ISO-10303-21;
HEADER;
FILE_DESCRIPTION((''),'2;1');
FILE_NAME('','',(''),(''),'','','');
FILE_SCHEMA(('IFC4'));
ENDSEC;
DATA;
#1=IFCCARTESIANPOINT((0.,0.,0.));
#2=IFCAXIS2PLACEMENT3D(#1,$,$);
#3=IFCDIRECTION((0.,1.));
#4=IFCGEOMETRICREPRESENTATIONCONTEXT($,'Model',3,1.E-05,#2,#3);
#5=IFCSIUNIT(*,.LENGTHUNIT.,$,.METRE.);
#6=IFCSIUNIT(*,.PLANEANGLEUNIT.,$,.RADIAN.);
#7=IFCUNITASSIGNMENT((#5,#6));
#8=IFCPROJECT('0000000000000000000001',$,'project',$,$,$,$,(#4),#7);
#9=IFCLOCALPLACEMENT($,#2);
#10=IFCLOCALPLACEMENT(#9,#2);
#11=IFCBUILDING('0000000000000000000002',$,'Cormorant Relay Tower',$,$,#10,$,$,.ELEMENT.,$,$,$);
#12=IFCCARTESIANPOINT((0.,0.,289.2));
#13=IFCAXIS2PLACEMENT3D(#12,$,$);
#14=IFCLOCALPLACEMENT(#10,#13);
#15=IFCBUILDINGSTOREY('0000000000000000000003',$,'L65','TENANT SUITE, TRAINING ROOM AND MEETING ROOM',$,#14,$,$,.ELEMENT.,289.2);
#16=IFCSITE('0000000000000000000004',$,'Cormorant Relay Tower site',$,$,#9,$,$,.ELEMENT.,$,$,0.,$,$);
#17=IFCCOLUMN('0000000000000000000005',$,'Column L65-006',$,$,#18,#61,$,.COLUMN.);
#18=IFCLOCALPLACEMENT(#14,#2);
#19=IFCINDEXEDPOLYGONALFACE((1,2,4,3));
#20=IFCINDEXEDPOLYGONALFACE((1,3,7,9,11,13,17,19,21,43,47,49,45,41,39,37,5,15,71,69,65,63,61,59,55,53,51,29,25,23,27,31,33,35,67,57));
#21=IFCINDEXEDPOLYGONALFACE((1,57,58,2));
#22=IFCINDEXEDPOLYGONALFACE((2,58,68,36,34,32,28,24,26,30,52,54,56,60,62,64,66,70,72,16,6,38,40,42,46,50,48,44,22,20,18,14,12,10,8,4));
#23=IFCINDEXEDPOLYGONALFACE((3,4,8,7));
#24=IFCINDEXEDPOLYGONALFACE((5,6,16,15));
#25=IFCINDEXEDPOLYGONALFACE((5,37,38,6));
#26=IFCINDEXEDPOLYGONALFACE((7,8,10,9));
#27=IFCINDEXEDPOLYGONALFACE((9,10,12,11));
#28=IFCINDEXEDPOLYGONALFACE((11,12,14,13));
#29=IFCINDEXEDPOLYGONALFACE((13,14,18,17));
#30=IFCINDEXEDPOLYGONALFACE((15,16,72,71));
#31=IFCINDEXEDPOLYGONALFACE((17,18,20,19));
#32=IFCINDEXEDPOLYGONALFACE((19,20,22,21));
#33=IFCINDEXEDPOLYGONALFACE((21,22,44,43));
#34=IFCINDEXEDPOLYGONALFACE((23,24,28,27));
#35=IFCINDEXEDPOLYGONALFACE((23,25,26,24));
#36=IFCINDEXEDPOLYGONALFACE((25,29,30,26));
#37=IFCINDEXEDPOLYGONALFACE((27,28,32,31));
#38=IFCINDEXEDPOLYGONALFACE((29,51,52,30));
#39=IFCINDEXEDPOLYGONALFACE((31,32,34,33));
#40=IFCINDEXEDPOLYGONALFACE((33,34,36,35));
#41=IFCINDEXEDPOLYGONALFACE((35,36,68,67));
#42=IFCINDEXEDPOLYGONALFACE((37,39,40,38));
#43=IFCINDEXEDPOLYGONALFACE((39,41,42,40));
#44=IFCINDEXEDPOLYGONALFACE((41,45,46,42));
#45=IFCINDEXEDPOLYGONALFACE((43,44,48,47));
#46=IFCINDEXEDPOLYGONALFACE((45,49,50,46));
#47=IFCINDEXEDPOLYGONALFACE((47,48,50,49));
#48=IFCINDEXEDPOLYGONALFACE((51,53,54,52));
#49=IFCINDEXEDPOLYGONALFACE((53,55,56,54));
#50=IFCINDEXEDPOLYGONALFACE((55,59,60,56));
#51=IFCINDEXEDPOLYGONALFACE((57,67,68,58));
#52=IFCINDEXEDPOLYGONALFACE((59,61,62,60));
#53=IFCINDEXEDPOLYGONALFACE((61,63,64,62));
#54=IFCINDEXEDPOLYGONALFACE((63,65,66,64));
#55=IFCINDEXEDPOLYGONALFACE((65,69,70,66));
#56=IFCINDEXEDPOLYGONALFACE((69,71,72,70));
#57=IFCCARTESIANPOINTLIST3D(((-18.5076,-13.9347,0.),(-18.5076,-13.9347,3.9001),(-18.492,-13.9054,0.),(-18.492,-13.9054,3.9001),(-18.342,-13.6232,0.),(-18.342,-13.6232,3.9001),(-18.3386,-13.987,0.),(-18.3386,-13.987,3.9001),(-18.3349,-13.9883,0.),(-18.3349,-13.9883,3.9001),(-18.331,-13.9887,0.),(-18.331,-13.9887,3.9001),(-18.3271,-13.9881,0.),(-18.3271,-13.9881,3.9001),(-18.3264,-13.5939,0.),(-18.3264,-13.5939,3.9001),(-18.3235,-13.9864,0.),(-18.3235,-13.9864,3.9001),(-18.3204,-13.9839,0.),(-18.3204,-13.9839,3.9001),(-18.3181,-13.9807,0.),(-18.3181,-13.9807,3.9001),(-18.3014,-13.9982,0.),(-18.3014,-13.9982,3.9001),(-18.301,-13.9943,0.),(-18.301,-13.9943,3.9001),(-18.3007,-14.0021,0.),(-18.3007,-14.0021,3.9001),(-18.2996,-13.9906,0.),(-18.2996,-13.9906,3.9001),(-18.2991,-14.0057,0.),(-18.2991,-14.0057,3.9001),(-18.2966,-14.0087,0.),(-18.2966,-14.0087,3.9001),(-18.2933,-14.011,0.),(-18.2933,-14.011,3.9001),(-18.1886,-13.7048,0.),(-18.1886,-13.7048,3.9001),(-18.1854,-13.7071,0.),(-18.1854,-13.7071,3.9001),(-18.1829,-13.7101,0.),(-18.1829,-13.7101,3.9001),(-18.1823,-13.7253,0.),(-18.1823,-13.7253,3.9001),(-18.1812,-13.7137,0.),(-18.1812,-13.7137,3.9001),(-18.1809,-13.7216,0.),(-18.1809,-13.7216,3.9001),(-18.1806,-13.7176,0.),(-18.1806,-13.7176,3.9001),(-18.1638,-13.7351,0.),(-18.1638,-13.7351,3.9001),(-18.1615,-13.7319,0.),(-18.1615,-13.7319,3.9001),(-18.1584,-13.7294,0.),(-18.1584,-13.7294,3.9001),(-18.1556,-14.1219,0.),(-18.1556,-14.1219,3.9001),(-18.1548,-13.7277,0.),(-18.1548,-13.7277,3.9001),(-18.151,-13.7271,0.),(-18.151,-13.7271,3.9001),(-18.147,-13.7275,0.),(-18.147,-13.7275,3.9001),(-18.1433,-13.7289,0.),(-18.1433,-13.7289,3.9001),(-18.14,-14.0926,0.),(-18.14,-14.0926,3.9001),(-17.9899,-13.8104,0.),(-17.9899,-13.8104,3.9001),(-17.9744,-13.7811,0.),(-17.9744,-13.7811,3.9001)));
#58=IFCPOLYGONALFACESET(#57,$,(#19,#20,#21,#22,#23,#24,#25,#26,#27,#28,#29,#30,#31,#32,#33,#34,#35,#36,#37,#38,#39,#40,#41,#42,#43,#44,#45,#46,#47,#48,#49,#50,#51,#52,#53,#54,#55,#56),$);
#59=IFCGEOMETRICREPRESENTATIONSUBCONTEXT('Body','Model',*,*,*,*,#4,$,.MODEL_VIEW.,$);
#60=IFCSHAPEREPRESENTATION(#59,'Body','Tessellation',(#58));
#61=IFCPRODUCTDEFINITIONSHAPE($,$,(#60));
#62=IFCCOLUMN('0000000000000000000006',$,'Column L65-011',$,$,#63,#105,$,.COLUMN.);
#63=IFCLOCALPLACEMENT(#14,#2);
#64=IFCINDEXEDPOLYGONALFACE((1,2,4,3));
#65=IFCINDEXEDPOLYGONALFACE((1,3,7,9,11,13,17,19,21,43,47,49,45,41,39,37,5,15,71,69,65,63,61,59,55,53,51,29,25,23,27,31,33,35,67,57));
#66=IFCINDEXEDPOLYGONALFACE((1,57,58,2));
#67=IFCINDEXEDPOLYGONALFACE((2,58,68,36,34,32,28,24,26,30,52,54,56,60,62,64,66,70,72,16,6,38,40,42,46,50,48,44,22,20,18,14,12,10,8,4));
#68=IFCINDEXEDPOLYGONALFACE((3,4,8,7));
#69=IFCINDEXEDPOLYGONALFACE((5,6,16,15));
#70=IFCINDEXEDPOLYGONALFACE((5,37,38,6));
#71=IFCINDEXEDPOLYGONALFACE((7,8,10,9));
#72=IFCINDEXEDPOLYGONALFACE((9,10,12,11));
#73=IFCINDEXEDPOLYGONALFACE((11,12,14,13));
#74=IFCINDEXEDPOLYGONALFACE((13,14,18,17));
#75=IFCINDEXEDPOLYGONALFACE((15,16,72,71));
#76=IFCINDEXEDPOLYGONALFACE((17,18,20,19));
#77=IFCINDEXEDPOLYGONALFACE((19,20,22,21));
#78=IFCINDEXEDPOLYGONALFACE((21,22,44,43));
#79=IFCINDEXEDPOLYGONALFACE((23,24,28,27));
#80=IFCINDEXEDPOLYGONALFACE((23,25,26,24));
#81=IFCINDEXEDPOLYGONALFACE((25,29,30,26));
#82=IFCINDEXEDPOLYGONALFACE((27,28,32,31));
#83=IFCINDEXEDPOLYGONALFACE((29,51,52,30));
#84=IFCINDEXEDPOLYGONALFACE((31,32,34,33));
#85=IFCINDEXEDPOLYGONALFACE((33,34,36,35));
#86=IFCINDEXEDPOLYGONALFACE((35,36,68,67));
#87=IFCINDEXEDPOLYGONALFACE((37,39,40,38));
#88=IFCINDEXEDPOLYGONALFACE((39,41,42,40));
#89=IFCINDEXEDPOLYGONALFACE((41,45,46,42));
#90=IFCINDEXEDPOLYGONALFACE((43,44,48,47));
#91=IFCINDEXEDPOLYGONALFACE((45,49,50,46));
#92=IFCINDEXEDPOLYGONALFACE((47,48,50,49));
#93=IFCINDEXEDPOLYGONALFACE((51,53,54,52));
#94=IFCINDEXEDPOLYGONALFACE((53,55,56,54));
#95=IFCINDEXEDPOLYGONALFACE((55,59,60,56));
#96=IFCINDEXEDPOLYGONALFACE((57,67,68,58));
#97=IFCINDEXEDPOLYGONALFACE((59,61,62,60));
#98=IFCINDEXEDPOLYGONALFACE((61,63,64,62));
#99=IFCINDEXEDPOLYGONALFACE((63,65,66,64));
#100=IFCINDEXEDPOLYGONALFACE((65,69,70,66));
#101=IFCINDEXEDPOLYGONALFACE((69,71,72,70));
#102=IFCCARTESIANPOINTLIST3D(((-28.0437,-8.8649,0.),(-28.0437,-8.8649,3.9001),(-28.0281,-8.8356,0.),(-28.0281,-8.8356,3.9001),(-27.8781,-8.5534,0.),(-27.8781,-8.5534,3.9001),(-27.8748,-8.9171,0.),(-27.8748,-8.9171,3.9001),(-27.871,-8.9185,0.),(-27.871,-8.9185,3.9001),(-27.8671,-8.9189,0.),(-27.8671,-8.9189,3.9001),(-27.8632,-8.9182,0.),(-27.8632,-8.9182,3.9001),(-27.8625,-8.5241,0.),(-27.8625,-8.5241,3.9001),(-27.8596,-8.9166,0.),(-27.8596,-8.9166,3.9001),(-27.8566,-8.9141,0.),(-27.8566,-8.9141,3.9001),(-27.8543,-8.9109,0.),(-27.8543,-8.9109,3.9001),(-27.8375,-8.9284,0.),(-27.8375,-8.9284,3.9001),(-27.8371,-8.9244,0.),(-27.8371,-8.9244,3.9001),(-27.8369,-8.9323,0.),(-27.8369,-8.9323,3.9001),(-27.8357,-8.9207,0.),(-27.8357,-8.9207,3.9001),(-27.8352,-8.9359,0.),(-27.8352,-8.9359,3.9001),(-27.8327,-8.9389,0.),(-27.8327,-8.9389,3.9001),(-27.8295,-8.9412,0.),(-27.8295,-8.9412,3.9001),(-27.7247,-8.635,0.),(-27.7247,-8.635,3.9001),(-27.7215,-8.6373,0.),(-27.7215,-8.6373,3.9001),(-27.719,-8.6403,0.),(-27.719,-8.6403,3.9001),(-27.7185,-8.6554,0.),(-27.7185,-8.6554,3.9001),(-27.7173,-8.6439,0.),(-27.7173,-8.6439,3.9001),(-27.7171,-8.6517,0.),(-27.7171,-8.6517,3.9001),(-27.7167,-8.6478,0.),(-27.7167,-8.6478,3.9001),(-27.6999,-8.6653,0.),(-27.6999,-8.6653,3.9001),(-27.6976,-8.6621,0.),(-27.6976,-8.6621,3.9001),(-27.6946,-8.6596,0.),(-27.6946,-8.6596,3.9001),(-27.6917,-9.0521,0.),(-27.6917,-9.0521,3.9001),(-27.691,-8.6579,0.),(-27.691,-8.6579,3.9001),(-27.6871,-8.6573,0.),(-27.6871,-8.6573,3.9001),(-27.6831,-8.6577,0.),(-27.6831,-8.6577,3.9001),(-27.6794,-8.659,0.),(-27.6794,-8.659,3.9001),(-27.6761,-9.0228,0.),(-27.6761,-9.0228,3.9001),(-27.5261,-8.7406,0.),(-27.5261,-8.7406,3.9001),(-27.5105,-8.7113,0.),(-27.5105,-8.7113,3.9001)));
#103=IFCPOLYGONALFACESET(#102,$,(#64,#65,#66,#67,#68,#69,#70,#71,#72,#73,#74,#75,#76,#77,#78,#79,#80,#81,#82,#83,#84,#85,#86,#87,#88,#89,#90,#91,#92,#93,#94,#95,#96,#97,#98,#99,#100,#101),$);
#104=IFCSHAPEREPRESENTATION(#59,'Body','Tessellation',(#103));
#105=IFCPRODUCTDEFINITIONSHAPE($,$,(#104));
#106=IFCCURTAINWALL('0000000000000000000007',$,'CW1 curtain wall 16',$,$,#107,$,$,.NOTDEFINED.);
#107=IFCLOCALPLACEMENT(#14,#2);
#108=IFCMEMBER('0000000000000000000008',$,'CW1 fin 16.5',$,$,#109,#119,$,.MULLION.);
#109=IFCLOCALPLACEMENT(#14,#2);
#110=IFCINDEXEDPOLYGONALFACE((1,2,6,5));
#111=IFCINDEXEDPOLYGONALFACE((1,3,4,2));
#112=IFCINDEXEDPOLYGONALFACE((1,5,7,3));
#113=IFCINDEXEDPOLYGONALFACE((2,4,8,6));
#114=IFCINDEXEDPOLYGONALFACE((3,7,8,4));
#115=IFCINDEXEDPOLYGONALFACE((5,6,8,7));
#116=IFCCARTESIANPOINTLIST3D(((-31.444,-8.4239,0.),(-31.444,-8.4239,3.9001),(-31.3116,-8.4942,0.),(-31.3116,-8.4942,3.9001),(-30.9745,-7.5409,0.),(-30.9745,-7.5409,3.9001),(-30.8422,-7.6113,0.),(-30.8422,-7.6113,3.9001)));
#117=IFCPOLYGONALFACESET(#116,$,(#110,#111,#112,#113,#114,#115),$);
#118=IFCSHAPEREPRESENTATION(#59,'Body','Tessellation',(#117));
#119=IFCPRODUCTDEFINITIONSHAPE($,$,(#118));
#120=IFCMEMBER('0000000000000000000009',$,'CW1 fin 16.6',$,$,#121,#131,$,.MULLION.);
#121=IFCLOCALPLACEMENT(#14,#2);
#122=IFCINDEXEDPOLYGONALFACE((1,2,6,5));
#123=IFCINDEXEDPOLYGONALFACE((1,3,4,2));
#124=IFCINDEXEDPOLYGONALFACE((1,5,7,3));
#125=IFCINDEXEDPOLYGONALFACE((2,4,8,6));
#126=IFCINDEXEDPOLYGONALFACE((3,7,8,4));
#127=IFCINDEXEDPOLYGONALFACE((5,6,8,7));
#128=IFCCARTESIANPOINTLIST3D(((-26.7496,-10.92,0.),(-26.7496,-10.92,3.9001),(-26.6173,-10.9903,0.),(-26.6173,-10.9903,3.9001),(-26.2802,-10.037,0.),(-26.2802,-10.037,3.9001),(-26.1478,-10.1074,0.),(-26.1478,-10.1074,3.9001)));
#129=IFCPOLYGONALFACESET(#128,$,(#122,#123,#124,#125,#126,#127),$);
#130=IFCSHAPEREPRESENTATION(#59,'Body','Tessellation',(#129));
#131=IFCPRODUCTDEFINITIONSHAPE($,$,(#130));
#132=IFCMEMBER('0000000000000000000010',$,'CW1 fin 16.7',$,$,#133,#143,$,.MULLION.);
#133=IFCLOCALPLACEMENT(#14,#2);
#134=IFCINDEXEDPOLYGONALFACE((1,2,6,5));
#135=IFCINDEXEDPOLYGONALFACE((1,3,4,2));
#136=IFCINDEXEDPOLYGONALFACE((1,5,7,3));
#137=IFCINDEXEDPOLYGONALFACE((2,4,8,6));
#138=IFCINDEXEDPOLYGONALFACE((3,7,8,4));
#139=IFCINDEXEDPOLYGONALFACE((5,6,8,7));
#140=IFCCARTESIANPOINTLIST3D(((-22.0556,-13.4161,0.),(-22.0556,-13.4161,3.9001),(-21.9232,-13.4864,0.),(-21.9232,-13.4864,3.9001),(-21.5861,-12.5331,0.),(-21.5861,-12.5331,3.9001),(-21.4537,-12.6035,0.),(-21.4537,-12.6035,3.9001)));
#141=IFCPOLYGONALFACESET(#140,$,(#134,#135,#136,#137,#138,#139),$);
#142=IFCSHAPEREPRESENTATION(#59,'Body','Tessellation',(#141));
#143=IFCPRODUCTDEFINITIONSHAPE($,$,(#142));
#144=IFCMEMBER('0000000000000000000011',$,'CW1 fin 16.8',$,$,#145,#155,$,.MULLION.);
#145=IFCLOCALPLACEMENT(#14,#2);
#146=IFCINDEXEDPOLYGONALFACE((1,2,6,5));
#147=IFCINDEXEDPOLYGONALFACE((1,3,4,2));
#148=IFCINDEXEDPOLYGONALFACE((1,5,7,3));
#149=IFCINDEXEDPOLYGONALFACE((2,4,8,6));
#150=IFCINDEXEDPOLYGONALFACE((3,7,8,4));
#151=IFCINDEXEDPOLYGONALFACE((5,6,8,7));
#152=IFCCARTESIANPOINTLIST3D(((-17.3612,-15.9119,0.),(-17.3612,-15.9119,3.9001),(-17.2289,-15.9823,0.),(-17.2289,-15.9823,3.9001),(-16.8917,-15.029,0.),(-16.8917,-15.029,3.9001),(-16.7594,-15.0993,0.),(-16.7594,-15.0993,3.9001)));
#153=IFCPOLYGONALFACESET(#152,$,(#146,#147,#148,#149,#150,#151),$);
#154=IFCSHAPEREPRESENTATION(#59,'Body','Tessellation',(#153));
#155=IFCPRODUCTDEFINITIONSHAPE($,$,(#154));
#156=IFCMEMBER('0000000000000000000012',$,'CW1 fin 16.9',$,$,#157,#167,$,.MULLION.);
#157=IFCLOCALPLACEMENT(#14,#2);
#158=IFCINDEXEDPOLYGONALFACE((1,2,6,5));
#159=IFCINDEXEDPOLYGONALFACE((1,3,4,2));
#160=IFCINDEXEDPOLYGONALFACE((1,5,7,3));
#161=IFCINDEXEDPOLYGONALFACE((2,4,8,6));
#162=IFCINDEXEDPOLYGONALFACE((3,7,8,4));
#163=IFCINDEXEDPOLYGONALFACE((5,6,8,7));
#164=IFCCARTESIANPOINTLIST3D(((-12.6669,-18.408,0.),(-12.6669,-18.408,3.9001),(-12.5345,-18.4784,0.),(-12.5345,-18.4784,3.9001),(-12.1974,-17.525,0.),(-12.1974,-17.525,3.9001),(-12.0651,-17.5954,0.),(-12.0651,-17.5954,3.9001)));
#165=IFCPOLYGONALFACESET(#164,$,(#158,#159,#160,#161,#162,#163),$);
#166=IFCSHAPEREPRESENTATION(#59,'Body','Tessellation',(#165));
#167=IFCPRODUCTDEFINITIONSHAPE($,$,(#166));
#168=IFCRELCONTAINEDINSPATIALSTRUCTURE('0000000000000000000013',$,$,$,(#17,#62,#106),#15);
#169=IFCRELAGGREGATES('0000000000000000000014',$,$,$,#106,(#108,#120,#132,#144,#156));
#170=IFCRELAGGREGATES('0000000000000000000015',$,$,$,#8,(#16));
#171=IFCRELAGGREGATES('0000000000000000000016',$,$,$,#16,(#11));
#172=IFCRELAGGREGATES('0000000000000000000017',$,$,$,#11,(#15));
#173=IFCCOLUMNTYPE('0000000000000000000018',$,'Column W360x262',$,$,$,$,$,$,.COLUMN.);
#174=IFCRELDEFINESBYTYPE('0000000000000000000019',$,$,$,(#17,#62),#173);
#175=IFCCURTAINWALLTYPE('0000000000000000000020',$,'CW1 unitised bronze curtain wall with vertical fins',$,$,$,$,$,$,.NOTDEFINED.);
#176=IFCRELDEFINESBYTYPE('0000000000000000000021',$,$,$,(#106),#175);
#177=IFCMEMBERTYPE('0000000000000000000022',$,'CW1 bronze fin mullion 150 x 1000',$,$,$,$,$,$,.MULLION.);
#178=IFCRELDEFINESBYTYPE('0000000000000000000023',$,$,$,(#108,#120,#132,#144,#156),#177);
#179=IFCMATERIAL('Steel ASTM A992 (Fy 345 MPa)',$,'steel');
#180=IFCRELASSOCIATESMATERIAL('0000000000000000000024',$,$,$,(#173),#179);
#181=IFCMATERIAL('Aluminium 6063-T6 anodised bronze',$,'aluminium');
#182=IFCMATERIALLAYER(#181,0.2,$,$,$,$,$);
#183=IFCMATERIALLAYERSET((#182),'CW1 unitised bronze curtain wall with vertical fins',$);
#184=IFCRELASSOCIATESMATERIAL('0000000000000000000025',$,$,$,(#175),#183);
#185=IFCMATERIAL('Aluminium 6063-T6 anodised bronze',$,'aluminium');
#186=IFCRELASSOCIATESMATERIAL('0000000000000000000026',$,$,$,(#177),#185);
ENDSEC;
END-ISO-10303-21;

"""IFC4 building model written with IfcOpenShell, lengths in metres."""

from ifc_helpers import new_model, si_unit, direction, frame, origin, origin_2d, place, context, subcontext, project, spatial, rectangle, i_section, extrude, material, layer, layer_set, material_profile, profile_set, type_object, element, aggregate, save


model = new_model("IFC4")

# Units and contexts
model_context = context("Model", 3, precision=1e-05, world=origin(), true_north=direction((0.0, 1.0)))
body_context = subcontext(model_context, "Body", "Model", "MODEL_VIEW")
ifc_project = project(units=[si_unit("LENGTHUNIT", "METRE"), si_unit("PLANEANGLEUNIT", "RADIAN")], contexts=[model_context])

# Site, building, storey
site_placement = place(None, origin())
site = spatial("IfcSite", under=ifc_project, at=site_placement, Name="Cormorant Relay Tower site", CompositionType="ELEMENT", RefElevation=0.0)
building_placement = place(site_placement, origin())
building = spatial("IfcBuilding", under=site, at=building_placement, Name="Cormorant Relay Tower", CompositionType="ELEMENT")
storey_placement = place(building_placement, frame((0.0, 0.0, 289.2)))
storey = spatial("IfcBuildingStorey", under=building, at=storey_placement, Name="L65", Description="TENANT SUITE, TRAINING ROOM AND MEETING ROOM", CompositionType="ELEMENT", Elevation=289.2)

# Columns
ifc_material_1 = material(Name="Steel ASTM A992 (Fy 345 MPa)", Category="steel")
ifc_material_profile_1 = material_profile(ifc_material_1, i_section(OverallWidth=0.3987, OverallDepth=0.386, WebThickness=0.021, FlangeThickness=0.0332, FilletRadius=0.0151, at=origin_2d()), Name="W360x262")
ifc_profile_set_1 = profile_set([ifc_material_profile_1], Name="Steel ASTM A992 (Fy 345 MPa)")
column_type_1 = type_object("IfcColumnType", Name="Column W360x262", PredefinedType="COLUMN", material=ifc_profile_set_1)
for number, where, z_axis, x_axis, name in (
    (1, (-18.241, -13.8579, 0.0), (0.0, 0.0, 1.0), (0.882948, -0.469472, 0.0), "Column L65-006"),
    (2, (-27.7771, -8.7881, 0.0), (0.0, 0.0, 1.0), (0.882948, -0.469472, 0.0), "Column L65-011"),
):
    element("IfcColumn", number, at=place(storey_placement, frame(where, z_axis=z_axis, x_axis=x_axis)), inside=storey, type_object=column_type_1, Name=name, PredefinedType="COLUMN", context=body_context, shape_type="SweptSolid", body=[
        extrude(i_section(OverallWidth=0.3987, OverallDepth=0.386, WebThickness=0.021, FlangeThickness=0.0332, FilletRadius=0.0151, at=origin_2d()), origin(), (0.0, 0.0, 1.0), 3.9001),
    ])

# Curtain wall, members
ifc_material_2 = material(Name="Aluminium 6063-T6 anodised bronze", Category="aluminium")
ifc_layer_1 = layer(ifc_material_2, 0.2)
ifc_layer_set_1 = layer_set([ifc_layer_1], Name="CW1 unitised bronze curtain wall with vertical fins")
curtain_wall_type = type_object("IfcCurtainWallType", Name="CW1 unitised bronze curtain wall with vertical fins", PredefinedType="NOTDEFINED", material=ifc_layer_set_1)
curtain_wall_placement = place(storey_placement, origin())
curtain_wall = element("IfcCurtainWall", 3, at=curtain_wall_placement, inside=storey, type_object=curtain_wall_type, Name="CW1 curtain wall 16", PredefinedType="NOTDEFINED")
ifc_material_3 = material(Name="Aluminium 6063-T6 anodised bronze", Category="aluminium")
ifc_material_profile_2 = material_profile(ifc_material_3, rectangle(XDim=0.1499, YDim=1.0, at=origin_2d()), Name="AL 150x1000")
ifc_profile_set_2 = profile_set([ifc_material_profile_2], Name="Aluminium 6063-T6 anodised bronze")
member_type = type_object("IfcMemberType", Name="CW1 bronze fin mullion 150 x 1000", PredefinedType="MULLION", material=ifc_profile_set_2)
member_1_placement = place(storey_placement, frame((-31.1431, -8.0176, 0.0), z_axis=(0.0, 0.0, 1.0), x_axis=(0.882948, -0.469472, 0.0)))
member_1 = element("IfcMember", 4, at=member_1_placement, type_object=member_type, Name="CW1 fin 16.5", PredefinedType="MULLION", context=body_context, shape_type="SweptSolid", body=[
    extrude(rectangle(XDim=0.1499, YDim=1.0, at=origin_2d()), origin(), (0.0, 0.0, 1.0), 3.9001),
])
member_2_placement = place(storey_placement, frame((-26.4487, -10.5137, 0.0), z_axis=(0.0, 0.0, 1.0), x_axis=(0.882948, -0.469472, 0.0)))
member_2 = element("IfcMember", 5, at=member_2_placement, type_object=member_type, Name="CW1 fin 16.6", PredefinedType="MULLION", context=body_context, shape_type="SweptSolid", body=[
    extrude(rectangle(XDim=0.1499, YDim=1.0, at=origin_2d()), origin(), (0.0, 0.0, 1.0), 3.9001),
])
member_3_placement = place(storey_placement, frame((-21.7546, -13.0098, 0.0), z_axis=(0.0, 0.0, 1.0), x_axis=(0.882948, -0.469472, 0.0)))
member_3 = element("IfcMember", 6, at=member_3_placement, type_object=member_type, Name="CW1 fin 16.7", PredefinedType="MULLION", context=body_context, shape_type="SweptSolid", body=[
    extrude(rectangle(XDim=0.1499, YDim=1.0, at=origin_2d()), origin(), (0.0, 0.0, 1.0), 3.9001),
])
member_4_placement = place(storey_placement, frame((-17.0603, -15.5056, 0.0), z_axis=(0.0, 0.0, 1.0), x_axis=(0.882948, -0.469472, 0.0)))
member_4 = element("IfcMember", 7, at=member_4_placement, type_object=member_type, Name="CW1 fin 16.8", PredefinedType="MULLION", context=body_context, shape_type="SweptSolid", body=[
    extrude(rectangle(XDim=0.1499, YDim=1.0, at=origin_2d()), origin(), (0.0, 0.0, 1.0), 3.9001),
])
member_5_placement = place(storey_placement, frame((-12.366, -18.0017, 0.0), z_axis=(0.0, 0.0, 1.0), x_axis=(0.882948, -0.469472, 0.0)))
member_5 = element("IfcMember", 8, at=member_5_placement, type_object=member_type, Name="CW1 fin 16.9", PredefinedType="MULLION", context=body_context, shape_type="SweptSolid", body=[
    extrude(rectangle(XDim=0.1499, YDim=1.0, at=origin_2d()), origin(), (0.0, 0.0, 1.0), 3.9001),
])

aggregate(curtain_wall, [member_1, member_2, member_3, member_4, member_5])

save(model, "model.ifc")
